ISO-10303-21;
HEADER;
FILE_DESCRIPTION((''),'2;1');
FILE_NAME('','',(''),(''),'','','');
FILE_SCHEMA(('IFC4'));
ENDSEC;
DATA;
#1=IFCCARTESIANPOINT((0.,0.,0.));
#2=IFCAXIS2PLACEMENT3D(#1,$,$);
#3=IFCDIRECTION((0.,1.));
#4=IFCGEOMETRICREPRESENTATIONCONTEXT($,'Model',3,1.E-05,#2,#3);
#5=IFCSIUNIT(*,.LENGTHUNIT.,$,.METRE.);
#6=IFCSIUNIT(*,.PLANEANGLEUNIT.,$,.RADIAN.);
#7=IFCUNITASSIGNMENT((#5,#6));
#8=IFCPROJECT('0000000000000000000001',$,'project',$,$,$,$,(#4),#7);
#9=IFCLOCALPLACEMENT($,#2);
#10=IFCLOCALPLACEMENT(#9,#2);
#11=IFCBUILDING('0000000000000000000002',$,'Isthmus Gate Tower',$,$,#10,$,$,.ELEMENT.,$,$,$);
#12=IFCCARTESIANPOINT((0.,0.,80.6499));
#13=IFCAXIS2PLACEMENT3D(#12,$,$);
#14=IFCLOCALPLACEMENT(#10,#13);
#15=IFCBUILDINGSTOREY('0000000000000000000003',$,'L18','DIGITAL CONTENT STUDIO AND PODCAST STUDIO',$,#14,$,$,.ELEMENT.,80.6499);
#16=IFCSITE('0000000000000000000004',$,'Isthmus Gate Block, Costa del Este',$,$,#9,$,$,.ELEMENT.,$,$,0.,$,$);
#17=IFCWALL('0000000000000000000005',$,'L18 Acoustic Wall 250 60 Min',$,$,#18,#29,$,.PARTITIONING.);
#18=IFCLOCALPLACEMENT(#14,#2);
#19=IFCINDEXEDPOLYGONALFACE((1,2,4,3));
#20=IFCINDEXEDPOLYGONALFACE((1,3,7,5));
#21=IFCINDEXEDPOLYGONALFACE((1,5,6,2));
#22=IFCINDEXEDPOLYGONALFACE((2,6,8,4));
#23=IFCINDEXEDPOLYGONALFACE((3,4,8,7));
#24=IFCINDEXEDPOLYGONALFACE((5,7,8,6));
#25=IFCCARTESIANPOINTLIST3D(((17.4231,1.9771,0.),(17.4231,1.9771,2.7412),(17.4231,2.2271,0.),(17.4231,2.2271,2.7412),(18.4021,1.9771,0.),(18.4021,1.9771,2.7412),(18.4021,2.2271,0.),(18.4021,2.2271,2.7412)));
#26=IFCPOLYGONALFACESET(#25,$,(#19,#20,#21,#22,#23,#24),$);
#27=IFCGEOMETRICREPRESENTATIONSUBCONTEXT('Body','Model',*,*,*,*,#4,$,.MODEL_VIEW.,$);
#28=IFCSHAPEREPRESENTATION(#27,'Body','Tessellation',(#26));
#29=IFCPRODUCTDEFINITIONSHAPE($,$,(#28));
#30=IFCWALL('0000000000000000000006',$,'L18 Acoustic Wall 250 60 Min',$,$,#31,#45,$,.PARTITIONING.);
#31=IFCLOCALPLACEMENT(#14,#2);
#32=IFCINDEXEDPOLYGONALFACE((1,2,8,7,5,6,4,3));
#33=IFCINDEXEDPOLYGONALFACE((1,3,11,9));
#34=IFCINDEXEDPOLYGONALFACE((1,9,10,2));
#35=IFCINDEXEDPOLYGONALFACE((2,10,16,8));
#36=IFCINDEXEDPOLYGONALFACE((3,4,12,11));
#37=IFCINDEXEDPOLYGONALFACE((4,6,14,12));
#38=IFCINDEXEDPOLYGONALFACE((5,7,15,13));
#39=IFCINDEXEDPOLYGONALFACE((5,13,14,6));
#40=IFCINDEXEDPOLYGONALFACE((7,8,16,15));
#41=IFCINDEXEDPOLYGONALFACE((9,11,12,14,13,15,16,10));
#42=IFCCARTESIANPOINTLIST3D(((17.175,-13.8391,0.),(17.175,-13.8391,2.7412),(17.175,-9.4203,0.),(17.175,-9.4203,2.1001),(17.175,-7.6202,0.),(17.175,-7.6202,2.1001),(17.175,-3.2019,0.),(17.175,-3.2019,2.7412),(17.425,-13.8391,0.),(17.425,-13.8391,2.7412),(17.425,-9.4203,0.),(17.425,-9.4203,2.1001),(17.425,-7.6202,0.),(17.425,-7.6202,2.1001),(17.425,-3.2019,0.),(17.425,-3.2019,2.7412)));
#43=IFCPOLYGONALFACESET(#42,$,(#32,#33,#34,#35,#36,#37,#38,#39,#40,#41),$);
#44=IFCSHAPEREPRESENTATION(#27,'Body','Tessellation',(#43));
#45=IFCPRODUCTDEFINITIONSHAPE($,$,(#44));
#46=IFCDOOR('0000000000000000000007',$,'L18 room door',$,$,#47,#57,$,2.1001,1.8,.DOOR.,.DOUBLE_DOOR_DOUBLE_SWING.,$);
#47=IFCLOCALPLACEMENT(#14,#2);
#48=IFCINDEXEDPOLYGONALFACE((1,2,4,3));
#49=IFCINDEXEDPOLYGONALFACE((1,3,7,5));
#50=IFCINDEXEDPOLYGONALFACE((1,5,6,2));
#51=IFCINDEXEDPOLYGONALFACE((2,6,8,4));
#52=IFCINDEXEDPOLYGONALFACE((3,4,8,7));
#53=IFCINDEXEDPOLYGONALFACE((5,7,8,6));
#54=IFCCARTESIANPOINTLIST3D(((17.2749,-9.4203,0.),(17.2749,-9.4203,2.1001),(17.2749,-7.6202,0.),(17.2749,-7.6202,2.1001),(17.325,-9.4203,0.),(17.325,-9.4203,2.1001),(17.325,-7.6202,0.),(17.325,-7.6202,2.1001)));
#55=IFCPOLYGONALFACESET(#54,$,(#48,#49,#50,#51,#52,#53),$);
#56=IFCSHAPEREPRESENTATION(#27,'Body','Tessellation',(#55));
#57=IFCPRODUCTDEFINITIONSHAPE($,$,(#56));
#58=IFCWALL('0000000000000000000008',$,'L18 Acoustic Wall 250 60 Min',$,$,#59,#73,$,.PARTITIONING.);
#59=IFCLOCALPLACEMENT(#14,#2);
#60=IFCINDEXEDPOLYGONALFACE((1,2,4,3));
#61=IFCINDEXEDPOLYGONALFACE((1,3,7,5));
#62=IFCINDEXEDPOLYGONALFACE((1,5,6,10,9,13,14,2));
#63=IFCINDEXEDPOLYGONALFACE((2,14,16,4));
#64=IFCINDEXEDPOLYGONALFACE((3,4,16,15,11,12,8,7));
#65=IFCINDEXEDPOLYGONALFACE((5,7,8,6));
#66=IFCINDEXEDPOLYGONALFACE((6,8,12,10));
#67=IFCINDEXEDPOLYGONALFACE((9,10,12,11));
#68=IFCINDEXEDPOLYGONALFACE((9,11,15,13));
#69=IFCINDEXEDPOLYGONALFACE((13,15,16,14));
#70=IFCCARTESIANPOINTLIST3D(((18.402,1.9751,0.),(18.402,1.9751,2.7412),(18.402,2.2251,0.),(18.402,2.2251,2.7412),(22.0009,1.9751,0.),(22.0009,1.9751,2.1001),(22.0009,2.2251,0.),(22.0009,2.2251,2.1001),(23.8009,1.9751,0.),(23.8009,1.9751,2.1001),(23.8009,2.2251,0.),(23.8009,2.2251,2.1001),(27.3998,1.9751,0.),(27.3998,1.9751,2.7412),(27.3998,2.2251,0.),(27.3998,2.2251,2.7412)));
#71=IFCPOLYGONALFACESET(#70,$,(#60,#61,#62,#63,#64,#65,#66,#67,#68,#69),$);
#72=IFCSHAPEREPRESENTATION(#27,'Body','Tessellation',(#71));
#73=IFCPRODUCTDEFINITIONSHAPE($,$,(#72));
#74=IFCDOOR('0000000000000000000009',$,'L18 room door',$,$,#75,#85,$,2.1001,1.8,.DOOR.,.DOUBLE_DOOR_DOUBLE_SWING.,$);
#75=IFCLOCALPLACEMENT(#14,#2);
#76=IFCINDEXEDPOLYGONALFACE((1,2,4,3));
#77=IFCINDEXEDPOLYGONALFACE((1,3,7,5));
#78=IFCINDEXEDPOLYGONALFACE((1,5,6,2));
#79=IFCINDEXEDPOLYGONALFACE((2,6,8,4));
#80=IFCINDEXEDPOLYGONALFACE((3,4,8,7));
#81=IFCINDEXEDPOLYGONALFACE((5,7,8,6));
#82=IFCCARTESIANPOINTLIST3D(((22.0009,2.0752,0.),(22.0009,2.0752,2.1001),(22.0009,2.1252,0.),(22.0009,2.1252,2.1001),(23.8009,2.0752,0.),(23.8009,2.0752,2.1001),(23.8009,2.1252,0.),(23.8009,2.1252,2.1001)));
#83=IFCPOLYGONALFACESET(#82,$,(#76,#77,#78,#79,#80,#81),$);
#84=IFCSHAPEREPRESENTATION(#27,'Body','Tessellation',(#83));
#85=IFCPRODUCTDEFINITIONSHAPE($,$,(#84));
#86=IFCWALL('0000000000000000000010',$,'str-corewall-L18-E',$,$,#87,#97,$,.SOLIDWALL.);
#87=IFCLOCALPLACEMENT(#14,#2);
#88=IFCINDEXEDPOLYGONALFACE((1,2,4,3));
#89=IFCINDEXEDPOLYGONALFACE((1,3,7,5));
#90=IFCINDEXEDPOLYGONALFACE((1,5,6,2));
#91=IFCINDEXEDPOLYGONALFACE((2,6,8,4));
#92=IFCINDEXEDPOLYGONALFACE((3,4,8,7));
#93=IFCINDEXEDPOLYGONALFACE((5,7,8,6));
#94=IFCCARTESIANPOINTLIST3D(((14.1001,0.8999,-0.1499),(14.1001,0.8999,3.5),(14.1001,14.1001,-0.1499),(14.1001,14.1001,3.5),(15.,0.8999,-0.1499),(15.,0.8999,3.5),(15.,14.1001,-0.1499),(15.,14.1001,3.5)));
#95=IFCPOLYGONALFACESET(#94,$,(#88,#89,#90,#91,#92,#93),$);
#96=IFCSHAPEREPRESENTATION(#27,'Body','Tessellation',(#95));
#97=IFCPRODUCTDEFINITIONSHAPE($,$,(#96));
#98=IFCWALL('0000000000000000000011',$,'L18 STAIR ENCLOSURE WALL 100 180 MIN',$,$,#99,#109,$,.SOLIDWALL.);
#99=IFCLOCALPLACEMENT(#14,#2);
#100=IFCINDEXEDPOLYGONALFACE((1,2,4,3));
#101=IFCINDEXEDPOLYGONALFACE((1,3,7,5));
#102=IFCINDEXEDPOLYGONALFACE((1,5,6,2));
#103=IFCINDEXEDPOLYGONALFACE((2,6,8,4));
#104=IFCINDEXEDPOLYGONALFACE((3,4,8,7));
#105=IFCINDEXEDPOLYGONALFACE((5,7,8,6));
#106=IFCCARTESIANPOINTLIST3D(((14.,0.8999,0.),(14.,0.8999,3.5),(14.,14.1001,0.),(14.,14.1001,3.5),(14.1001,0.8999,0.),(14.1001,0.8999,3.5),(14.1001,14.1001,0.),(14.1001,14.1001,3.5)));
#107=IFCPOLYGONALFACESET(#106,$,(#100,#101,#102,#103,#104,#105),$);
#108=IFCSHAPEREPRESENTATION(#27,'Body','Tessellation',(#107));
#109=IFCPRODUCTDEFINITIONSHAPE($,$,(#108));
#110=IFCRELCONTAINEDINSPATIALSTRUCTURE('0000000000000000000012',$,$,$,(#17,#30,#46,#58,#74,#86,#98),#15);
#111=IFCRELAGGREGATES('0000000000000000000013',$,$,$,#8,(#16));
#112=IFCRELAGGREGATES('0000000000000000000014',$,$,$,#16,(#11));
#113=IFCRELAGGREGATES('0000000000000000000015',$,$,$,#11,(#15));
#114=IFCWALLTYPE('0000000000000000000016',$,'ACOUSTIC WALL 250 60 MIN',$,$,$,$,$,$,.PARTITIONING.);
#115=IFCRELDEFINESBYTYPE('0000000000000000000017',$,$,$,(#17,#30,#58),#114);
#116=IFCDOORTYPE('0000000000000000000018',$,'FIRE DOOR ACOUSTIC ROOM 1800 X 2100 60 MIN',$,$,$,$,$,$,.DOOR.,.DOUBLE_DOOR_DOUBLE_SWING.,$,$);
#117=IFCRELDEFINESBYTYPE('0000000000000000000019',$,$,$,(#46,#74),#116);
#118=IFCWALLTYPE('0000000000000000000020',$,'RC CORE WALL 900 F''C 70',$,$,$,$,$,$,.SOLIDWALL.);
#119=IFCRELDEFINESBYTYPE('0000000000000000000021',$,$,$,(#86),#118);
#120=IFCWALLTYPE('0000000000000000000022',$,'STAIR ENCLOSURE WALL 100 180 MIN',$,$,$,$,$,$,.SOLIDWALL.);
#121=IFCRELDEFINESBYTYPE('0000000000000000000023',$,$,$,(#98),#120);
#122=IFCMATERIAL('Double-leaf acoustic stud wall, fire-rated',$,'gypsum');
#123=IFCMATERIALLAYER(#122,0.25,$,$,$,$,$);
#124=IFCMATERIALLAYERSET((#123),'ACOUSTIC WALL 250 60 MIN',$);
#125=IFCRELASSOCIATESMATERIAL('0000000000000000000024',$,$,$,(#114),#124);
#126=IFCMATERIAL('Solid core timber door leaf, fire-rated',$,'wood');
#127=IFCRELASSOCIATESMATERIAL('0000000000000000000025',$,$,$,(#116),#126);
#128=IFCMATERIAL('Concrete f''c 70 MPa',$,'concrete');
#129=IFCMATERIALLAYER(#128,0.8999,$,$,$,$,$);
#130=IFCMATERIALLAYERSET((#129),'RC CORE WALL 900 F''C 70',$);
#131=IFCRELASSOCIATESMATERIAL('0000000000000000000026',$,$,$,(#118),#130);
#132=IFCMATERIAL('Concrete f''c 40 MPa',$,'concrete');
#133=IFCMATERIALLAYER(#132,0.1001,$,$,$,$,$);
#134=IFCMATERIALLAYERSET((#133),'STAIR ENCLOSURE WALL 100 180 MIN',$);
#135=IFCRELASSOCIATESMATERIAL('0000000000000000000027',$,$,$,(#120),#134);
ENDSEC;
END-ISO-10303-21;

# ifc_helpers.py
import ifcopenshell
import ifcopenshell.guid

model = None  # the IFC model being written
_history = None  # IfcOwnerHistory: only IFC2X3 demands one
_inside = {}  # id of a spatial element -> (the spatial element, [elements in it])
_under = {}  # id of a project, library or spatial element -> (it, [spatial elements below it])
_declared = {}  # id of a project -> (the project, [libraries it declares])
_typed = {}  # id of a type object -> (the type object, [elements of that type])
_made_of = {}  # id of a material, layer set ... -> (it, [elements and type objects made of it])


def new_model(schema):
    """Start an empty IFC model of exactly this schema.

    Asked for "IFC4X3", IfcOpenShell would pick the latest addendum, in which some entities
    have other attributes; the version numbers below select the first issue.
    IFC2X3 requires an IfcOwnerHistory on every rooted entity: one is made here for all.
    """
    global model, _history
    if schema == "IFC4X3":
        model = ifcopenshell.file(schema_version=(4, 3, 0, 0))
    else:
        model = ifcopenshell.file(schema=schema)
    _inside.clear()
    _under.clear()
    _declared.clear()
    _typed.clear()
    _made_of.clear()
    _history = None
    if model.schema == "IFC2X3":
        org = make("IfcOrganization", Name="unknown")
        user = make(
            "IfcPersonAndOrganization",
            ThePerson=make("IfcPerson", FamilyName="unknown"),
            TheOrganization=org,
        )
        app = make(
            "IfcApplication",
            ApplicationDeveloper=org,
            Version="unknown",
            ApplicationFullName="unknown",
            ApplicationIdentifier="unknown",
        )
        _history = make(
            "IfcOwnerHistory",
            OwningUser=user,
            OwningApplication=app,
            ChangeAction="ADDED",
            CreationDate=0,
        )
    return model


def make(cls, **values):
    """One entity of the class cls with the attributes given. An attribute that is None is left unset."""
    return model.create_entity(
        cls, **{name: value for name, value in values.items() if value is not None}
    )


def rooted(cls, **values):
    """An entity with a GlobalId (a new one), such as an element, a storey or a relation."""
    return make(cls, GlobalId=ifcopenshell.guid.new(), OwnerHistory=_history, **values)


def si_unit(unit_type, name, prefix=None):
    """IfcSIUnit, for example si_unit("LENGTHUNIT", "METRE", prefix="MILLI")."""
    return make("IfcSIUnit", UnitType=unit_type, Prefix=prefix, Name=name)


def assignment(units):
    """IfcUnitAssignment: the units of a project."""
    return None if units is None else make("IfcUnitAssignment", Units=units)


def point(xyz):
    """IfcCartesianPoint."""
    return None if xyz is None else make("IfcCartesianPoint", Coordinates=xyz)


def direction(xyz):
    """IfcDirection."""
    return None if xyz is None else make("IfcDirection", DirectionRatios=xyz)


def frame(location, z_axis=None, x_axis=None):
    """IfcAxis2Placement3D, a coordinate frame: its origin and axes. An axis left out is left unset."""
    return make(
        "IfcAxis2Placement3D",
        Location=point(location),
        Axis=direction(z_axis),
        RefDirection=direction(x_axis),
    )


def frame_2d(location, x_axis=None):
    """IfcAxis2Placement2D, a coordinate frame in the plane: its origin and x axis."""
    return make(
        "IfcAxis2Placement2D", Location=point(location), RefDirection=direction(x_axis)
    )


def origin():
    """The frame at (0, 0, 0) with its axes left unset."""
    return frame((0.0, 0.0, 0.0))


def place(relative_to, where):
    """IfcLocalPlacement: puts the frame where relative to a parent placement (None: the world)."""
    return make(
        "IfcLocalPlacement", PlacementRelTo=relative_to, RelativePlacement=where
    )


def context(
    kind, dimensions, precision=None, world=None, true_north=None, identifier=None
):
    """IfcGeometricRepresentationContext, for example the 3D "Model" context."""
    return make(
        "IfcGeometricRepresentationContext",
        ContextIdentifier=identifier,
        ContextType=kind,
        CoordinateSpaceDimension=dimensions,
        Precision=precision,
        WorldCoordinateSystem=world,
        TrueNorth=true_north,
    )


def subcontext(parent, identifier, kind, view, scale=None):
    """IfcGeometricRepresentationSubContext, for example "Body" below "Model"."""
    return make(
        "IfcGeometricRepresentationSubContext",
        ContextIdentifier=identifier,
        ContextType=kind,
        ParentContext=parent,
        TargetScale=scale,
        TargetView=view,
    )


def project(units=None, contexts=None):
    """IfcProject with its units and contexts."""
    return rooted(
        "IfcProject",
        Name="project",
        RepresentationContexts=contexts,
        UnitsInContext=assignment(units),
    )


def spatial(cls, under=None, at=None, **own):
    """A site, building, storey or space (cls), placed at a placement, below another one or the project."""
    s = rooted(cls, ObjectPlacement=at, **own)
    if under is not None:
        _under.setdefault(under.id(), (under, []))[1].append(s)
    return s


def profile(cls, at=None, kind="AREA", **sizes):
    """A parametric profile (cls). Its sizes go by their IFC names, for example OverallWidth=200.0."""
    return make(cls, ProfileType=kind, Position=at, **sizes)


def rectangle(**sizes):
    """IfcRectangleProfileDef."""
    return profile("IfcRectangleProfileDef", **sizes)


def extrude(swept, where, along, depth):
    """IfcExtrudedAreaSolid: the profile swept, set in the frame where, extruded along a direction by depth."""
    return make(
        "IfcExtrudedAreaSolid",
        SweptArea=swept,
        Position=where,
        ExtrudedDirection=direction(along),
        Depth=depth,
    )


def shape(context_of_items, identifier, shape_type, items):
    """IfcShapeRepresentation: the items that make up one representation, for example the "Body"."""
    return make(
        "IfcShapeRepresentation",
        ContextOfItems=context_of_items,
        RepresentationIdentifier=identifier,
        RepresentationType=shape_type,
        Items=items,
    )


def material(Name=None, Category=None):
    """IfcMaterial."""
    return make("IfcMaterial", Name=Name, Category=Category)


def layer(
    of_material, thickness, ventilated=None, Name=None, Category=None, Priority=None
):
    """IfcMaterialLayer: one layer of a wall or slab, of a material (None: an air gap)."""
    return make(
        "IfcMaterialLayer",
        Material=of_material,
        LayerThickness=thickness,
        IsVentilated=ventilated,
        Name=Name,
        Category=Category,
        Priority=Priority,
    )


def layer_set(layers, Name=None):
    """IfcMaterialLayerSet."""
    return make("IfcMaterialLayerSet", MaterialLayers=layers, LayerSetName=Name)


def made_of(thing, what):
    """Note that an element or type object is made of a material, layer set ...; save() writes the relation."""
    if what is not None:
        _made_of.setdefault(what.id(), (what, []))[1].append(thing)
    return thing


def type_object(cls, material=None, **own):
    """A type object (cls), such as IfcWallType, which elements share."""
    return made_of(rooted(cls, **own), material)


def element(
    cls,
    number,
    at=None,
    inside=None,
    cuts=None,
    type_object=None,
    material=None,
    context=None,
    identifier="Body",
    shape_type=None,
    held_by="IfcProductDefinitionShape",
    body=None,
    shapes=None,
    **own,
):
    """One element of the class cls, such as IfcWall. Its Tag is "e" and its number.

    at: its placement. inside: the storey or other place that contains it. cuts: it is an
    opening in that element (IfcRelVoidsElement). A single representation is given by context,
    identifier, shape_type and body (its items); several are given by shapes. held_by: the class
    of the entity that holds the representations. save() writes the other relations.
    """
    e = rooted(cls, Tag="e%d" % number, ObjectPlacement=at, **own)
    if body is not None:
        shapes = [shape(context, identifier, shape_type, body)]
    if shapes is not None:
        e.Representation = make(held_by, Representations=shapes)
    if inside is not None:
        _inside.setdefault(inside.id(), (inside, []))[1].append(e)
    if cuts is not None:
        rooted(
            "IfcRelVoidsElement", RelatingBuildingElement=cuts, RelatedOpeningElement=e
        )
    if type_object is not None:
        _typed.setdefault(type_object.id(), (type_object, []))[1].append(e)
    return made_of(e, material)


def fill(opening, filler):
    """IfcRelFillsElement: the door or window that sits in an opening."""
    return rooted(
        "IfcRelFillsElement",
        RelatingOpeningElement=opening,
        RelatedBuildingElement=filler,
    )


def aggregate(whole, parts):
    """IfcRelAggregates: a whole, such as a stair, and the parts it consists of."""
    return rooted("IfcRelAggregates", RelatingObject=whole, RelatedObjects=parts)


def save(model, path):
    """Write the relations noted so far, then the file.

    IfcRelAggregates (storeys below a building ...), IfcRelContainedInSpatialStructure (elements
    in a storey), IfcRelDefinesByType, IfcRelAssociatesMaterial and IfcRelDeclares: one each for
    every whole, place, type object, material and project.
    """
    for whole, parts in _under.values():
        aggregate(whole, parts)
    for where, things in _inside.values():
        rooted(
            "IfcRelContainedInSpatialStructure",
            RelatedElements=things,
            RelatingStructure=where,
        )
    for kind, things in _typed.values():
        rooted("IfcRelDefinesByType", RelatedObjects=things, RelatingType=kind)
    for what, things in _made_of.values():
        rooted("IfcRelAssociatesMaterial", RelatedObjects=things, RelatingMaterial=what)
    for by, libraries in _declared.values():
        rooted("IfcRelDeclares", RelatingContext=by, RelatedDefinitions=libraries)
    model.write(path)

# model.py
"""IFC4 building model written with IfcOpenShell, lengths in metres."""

from ifc_helpers import new_model, si_unit, direction, frame, frame_2d, origin, place, context, subcontext, project, spatial, rectangle, extrude, material, layer, layer_set, type_object, element, fill, save


model = new_model("IFC4")

# Units and contexts
model_context = context("Model", 3, precision=1e-05, world=origin(), true_north=direction((0.0, 1.0)))
body_context = subcontext(model_context, "Body", "Model", "MODEL_VIEW")
ifc_project = project(units=[si_unit("LENGTHUNIT", "METRE"), si_unit("PLANEANGLEUNIT", "RADIAN")], contexts=[model_context])

# Site, building, storey
site_placement = place(None, origin())
site = spatial("IfcSite", under=ifc_project, at=site_placement, Name="Isthmus Gate Block, Costa del Este", CompositionType="ELEMENT", RefElevation=0.0)
building_placement = place(site_placement, origin())
building = spatial("IfcBuilding", under=site, at=building_placement, Name="Isthmus Gate Tower", CompositionType="ELEMENT")
storey_placement = place(building_placement, frame((0.0, 0.0, 80.6499)))
storey = spatial("IfcBuildingStorey", under=building, at=storey_placement, Name="L18", Description="DIGITAL CONTENT STUDIO AND PODCAST STUDIO", CompositionType="ELEMENT", Elevation=80.6499)

# Shared definitions
ifc_material_1 = material(Name="Double-leaf acoustic stud wall, fire-rated", Category="gypsum")
ifc_layer_1 = layer(ifc_material_1, 0.25)
ifc_layer_set_1 = layer_set([ifc_layer_1], Name="ACOUSTIC WALL 250 60 MIN")
wall_type_1 = type_object("IfcWallType", Name="ACOUSTIC WALL 250 60 MIN", PredefinedType="PARTITIONING", material=ifc_layer_set_1)
ifc_material_2 = material(Name="Solid core timber door leaf, fire-rated", Category="wood")
door_type = type_object("IfcDoorType", Name="FIRE DOOR ACOUSTIC ROOM 1800 X 2100 60 MIN", OperationType="DOUBLE_DOOR_DOUBLE_SWING", PredefinedType="DOOR", material=ifc_material_2)

# Wall
wall_1_placement = place(storey_placement, frame((18.4021, 2.1021, 0.0), z_axis=(0.0, 0.0, 1.0), x_axis=(-1.0, 0.0, 0.0)))
element("IfcWall", 1, at=wall_1_placement, inside=storey, type_object=wall_type_1, Name="L18 Acoustic Wall 250 60 Min", PredefinedType="PARTITIONING", context=body_context, shape_type="SweptSolid", body=[
    extrude(rectangle(XDim=0.979, YDim=0.25, at=frame_2d((0.4895, 0.0))), origin(), (0.0, 0.0, 1.0), 2.7412),
])

# Walls, openings, doors
wall_2_placement = place(storey_placement, frame((17.3, -3.2019, 0.0), z_axis=(0.0, 0.0, 1.0), x_axis=(0.0, -1.0, 0.0)))
wall_2 = element("IfcWall", 2, at=wall_2_placement, inside=storey, type_object=wall_type_1, Name="L18 Acoustic Wall 250 60 Min", PredefinedType="PARTITIONING", context=body_context, shape_type="SweptSolid", body=[
    extrude(rectangle(XDim=10.6372, YDim=0.25, at=frame_2d((5.3186, 0.0))), origin(), (0.0, 0.0, 1.0), 2.7412),
])
opening_1_placement = place(wall_2_placement, frame((4.4185, 0.0, 0.0)))
opening_1 = element("IfcOpeningElement", 3, at=opening_1_placement, cuts=wall_2, PredefinedType="OPENING", context=body_context, shape_type="SweptSolid", body=[
    extrude(rectangle(XDim=1.8, YDim=2.1001, at=frame_2d((0.8999, 1.05))), frame((0.0, 0.135, 0.0), z_axis=(0.0, -1.0, 0.0), x_axis=(1.0, 0.0, 0.0)), (0.0, 0.0, 1.0), 0.27),
])
door_1_placement = place(opening_1_placement, origin())
door_1 = element("IfcDoor", 4, at=door_1_placement, inside=storey, type_object=door_type, Name="L18 room door", OperationType="DOUBLE_DOOR_DOUBLE_SWING", OverallHeight=2.1001, OverallWidth=1.8, PredefinedType="DOOR", context=body_context, shape_type="SweptSolid", body=[
    extrude(rectangle(XDim=1.8, YDim=2.1001, at=frame_2d((0.8999, 1.05))), frame((0.0, 0.0249, 0.0), z_axis=(0.0, -1.0, 0.0), x_axis=(1.0, 0.0, 0.0)), (0.0, 0.0, 1.0), 0.05),
])
fill(opening_1, door_1)
wall_3_placement = place(storey_placement, frame((27.3999, 2.1001, 0.0), z_axis=(0.0, 0.0, 1.0), x_axis=(-1.0, 0.0, 0.0)))
wall_3 = element("IfcWall", 5, at=wall_3_placement, inside=storey, type_object=wall_type_1, Name="L18 Acoustic Wall 250 60 Min", PredefinedType="PARTITIONING", context=body_context, shape_type="SweptSolid", body=[
    extrude(rectangle(XDim=8.9978, YDim=0.25, at=frame_2d((4.499, 0.0))), origin(), (0.0, 0.0, 1.0), 2.7412),
])
opening_2_placement = place(wall_3_placement, frame((3.5991, 0.0, 0.0)))
opening_2 = element("IfcOpeningElement", 6, at=opening_2_placement, cuts=wall_3, PredefinedType="OPENING", context=body_context, shape_type="SweptSolid", body=[
    extrude(rectangle(XDim=1.8, YDim=2.1001, at=frame_2d((0.8999, 1.05))), frame((0.0, 0.135, 0.0), z_axis=(0.0, -1.0, 0.0), x_axis=(1.0, 0.0, 0.0)), (0.0, 0.0, 1.0), 0.27),
])
door_2_placement = place(opening_2_placement, origin())
door_2 = element("IfcDoor", 7, at=door_2_placement, inside=storey, type_object=door_type, Name="L18 room door", OperationType="DOUBLE_DOOR_DOUBLE_SWING", OverallHeight=2.1001, OverallWidth=1.8, PredefinedType="DOOR", context=body_context, shape_type="SweptSolid", body=[
    extrude(rectangle(XDim=1.8, YDim=2.1001, at=frame_2d((0.8999, 1.05))), frame((0.0, 0.0249, 0.0), z_axis=(0.0, -1.0, 0.0), x_axis=(1.0, 0.0, 0.0)), (0.0, 0.0, 1.0), 0.05),
])
fill(opening_2, door_2)

# Walls
ifc_material_3 = material(Name="Concrete f'c 70 MPa", Category="concrete")
ifc_layer_2 = layer(ifc_material_3, 0.8999)
ifc_layer_set_2 = layer_set([ifc_layer_2], Name="RC CORE WALL 900 F'C 70")
wall_type_2 = type_object("IfcWallType", Name="RC CORE WALL 900 F'C 70", PredefinedType="SOLIDWALL", material=ifc_layer_set_2)
wall_4_placement = place(storey_placement, frame((14.55, 0.8999, -0.1499), z_axis=(0.0, 0.0, 1.0), x_axis=(0.0, 1.0, 0.0)))
element("IfcWall", 8, at=wall_4_placement, inside=storey, type_object=wall_type_2, Name="str-corewall-L18-E", PredefinedType="SOLIDWALL", context=body_context, shape_type="SweptSolid", body=[
    extrude(rectangle(XDim=13.2002, YDim=0.8999, at=frame_2d((6.6001, 0.0))), origin(), (0.0, 0.0, 1.0), 3.6499),
])
ifc_material_4 = material(Name="Concrete f'c 40 MPa", Category="concrete")
ifc_layer_3 = layer(ifc_material_4, 0.1001)
ifc_layer_set_3 = layer_set([ifc_layer_3], Name="STAIR ENCLOSURE WALL 100 180 MIN")
wall_type_3 = type_object("IfcWallType", Name="STAIR ENCLOSURE WALL 100 180 MIN", PredefinedType="SOLIDWALL", material=ifc_layer_set_3)
wall_5_placement = place(storey_placement, frame((14.05, 0.8999, 0.0), z_axis=(0.0, 0.0, 1.0), x_axis=(0.0, 1.0, 0.0)))
element("IfcWall", 9, at=wall_5_placement, inside=storey, type_object=wall_type_3, Name="L18 STAIR ENCLOSURE WALL 100 180 MIN", PredefinedType="SOLIDWALL", context=body_context, shape_type="SweptSolid", body=[
    extrude(rectangle(XDim=13.2002, YDim=0.1001, at=frame_2d((6.6001, 0.0))), origin(), (0.0, 0.0, 1.0), 3.5),
])

save(model, "model.ifc")
